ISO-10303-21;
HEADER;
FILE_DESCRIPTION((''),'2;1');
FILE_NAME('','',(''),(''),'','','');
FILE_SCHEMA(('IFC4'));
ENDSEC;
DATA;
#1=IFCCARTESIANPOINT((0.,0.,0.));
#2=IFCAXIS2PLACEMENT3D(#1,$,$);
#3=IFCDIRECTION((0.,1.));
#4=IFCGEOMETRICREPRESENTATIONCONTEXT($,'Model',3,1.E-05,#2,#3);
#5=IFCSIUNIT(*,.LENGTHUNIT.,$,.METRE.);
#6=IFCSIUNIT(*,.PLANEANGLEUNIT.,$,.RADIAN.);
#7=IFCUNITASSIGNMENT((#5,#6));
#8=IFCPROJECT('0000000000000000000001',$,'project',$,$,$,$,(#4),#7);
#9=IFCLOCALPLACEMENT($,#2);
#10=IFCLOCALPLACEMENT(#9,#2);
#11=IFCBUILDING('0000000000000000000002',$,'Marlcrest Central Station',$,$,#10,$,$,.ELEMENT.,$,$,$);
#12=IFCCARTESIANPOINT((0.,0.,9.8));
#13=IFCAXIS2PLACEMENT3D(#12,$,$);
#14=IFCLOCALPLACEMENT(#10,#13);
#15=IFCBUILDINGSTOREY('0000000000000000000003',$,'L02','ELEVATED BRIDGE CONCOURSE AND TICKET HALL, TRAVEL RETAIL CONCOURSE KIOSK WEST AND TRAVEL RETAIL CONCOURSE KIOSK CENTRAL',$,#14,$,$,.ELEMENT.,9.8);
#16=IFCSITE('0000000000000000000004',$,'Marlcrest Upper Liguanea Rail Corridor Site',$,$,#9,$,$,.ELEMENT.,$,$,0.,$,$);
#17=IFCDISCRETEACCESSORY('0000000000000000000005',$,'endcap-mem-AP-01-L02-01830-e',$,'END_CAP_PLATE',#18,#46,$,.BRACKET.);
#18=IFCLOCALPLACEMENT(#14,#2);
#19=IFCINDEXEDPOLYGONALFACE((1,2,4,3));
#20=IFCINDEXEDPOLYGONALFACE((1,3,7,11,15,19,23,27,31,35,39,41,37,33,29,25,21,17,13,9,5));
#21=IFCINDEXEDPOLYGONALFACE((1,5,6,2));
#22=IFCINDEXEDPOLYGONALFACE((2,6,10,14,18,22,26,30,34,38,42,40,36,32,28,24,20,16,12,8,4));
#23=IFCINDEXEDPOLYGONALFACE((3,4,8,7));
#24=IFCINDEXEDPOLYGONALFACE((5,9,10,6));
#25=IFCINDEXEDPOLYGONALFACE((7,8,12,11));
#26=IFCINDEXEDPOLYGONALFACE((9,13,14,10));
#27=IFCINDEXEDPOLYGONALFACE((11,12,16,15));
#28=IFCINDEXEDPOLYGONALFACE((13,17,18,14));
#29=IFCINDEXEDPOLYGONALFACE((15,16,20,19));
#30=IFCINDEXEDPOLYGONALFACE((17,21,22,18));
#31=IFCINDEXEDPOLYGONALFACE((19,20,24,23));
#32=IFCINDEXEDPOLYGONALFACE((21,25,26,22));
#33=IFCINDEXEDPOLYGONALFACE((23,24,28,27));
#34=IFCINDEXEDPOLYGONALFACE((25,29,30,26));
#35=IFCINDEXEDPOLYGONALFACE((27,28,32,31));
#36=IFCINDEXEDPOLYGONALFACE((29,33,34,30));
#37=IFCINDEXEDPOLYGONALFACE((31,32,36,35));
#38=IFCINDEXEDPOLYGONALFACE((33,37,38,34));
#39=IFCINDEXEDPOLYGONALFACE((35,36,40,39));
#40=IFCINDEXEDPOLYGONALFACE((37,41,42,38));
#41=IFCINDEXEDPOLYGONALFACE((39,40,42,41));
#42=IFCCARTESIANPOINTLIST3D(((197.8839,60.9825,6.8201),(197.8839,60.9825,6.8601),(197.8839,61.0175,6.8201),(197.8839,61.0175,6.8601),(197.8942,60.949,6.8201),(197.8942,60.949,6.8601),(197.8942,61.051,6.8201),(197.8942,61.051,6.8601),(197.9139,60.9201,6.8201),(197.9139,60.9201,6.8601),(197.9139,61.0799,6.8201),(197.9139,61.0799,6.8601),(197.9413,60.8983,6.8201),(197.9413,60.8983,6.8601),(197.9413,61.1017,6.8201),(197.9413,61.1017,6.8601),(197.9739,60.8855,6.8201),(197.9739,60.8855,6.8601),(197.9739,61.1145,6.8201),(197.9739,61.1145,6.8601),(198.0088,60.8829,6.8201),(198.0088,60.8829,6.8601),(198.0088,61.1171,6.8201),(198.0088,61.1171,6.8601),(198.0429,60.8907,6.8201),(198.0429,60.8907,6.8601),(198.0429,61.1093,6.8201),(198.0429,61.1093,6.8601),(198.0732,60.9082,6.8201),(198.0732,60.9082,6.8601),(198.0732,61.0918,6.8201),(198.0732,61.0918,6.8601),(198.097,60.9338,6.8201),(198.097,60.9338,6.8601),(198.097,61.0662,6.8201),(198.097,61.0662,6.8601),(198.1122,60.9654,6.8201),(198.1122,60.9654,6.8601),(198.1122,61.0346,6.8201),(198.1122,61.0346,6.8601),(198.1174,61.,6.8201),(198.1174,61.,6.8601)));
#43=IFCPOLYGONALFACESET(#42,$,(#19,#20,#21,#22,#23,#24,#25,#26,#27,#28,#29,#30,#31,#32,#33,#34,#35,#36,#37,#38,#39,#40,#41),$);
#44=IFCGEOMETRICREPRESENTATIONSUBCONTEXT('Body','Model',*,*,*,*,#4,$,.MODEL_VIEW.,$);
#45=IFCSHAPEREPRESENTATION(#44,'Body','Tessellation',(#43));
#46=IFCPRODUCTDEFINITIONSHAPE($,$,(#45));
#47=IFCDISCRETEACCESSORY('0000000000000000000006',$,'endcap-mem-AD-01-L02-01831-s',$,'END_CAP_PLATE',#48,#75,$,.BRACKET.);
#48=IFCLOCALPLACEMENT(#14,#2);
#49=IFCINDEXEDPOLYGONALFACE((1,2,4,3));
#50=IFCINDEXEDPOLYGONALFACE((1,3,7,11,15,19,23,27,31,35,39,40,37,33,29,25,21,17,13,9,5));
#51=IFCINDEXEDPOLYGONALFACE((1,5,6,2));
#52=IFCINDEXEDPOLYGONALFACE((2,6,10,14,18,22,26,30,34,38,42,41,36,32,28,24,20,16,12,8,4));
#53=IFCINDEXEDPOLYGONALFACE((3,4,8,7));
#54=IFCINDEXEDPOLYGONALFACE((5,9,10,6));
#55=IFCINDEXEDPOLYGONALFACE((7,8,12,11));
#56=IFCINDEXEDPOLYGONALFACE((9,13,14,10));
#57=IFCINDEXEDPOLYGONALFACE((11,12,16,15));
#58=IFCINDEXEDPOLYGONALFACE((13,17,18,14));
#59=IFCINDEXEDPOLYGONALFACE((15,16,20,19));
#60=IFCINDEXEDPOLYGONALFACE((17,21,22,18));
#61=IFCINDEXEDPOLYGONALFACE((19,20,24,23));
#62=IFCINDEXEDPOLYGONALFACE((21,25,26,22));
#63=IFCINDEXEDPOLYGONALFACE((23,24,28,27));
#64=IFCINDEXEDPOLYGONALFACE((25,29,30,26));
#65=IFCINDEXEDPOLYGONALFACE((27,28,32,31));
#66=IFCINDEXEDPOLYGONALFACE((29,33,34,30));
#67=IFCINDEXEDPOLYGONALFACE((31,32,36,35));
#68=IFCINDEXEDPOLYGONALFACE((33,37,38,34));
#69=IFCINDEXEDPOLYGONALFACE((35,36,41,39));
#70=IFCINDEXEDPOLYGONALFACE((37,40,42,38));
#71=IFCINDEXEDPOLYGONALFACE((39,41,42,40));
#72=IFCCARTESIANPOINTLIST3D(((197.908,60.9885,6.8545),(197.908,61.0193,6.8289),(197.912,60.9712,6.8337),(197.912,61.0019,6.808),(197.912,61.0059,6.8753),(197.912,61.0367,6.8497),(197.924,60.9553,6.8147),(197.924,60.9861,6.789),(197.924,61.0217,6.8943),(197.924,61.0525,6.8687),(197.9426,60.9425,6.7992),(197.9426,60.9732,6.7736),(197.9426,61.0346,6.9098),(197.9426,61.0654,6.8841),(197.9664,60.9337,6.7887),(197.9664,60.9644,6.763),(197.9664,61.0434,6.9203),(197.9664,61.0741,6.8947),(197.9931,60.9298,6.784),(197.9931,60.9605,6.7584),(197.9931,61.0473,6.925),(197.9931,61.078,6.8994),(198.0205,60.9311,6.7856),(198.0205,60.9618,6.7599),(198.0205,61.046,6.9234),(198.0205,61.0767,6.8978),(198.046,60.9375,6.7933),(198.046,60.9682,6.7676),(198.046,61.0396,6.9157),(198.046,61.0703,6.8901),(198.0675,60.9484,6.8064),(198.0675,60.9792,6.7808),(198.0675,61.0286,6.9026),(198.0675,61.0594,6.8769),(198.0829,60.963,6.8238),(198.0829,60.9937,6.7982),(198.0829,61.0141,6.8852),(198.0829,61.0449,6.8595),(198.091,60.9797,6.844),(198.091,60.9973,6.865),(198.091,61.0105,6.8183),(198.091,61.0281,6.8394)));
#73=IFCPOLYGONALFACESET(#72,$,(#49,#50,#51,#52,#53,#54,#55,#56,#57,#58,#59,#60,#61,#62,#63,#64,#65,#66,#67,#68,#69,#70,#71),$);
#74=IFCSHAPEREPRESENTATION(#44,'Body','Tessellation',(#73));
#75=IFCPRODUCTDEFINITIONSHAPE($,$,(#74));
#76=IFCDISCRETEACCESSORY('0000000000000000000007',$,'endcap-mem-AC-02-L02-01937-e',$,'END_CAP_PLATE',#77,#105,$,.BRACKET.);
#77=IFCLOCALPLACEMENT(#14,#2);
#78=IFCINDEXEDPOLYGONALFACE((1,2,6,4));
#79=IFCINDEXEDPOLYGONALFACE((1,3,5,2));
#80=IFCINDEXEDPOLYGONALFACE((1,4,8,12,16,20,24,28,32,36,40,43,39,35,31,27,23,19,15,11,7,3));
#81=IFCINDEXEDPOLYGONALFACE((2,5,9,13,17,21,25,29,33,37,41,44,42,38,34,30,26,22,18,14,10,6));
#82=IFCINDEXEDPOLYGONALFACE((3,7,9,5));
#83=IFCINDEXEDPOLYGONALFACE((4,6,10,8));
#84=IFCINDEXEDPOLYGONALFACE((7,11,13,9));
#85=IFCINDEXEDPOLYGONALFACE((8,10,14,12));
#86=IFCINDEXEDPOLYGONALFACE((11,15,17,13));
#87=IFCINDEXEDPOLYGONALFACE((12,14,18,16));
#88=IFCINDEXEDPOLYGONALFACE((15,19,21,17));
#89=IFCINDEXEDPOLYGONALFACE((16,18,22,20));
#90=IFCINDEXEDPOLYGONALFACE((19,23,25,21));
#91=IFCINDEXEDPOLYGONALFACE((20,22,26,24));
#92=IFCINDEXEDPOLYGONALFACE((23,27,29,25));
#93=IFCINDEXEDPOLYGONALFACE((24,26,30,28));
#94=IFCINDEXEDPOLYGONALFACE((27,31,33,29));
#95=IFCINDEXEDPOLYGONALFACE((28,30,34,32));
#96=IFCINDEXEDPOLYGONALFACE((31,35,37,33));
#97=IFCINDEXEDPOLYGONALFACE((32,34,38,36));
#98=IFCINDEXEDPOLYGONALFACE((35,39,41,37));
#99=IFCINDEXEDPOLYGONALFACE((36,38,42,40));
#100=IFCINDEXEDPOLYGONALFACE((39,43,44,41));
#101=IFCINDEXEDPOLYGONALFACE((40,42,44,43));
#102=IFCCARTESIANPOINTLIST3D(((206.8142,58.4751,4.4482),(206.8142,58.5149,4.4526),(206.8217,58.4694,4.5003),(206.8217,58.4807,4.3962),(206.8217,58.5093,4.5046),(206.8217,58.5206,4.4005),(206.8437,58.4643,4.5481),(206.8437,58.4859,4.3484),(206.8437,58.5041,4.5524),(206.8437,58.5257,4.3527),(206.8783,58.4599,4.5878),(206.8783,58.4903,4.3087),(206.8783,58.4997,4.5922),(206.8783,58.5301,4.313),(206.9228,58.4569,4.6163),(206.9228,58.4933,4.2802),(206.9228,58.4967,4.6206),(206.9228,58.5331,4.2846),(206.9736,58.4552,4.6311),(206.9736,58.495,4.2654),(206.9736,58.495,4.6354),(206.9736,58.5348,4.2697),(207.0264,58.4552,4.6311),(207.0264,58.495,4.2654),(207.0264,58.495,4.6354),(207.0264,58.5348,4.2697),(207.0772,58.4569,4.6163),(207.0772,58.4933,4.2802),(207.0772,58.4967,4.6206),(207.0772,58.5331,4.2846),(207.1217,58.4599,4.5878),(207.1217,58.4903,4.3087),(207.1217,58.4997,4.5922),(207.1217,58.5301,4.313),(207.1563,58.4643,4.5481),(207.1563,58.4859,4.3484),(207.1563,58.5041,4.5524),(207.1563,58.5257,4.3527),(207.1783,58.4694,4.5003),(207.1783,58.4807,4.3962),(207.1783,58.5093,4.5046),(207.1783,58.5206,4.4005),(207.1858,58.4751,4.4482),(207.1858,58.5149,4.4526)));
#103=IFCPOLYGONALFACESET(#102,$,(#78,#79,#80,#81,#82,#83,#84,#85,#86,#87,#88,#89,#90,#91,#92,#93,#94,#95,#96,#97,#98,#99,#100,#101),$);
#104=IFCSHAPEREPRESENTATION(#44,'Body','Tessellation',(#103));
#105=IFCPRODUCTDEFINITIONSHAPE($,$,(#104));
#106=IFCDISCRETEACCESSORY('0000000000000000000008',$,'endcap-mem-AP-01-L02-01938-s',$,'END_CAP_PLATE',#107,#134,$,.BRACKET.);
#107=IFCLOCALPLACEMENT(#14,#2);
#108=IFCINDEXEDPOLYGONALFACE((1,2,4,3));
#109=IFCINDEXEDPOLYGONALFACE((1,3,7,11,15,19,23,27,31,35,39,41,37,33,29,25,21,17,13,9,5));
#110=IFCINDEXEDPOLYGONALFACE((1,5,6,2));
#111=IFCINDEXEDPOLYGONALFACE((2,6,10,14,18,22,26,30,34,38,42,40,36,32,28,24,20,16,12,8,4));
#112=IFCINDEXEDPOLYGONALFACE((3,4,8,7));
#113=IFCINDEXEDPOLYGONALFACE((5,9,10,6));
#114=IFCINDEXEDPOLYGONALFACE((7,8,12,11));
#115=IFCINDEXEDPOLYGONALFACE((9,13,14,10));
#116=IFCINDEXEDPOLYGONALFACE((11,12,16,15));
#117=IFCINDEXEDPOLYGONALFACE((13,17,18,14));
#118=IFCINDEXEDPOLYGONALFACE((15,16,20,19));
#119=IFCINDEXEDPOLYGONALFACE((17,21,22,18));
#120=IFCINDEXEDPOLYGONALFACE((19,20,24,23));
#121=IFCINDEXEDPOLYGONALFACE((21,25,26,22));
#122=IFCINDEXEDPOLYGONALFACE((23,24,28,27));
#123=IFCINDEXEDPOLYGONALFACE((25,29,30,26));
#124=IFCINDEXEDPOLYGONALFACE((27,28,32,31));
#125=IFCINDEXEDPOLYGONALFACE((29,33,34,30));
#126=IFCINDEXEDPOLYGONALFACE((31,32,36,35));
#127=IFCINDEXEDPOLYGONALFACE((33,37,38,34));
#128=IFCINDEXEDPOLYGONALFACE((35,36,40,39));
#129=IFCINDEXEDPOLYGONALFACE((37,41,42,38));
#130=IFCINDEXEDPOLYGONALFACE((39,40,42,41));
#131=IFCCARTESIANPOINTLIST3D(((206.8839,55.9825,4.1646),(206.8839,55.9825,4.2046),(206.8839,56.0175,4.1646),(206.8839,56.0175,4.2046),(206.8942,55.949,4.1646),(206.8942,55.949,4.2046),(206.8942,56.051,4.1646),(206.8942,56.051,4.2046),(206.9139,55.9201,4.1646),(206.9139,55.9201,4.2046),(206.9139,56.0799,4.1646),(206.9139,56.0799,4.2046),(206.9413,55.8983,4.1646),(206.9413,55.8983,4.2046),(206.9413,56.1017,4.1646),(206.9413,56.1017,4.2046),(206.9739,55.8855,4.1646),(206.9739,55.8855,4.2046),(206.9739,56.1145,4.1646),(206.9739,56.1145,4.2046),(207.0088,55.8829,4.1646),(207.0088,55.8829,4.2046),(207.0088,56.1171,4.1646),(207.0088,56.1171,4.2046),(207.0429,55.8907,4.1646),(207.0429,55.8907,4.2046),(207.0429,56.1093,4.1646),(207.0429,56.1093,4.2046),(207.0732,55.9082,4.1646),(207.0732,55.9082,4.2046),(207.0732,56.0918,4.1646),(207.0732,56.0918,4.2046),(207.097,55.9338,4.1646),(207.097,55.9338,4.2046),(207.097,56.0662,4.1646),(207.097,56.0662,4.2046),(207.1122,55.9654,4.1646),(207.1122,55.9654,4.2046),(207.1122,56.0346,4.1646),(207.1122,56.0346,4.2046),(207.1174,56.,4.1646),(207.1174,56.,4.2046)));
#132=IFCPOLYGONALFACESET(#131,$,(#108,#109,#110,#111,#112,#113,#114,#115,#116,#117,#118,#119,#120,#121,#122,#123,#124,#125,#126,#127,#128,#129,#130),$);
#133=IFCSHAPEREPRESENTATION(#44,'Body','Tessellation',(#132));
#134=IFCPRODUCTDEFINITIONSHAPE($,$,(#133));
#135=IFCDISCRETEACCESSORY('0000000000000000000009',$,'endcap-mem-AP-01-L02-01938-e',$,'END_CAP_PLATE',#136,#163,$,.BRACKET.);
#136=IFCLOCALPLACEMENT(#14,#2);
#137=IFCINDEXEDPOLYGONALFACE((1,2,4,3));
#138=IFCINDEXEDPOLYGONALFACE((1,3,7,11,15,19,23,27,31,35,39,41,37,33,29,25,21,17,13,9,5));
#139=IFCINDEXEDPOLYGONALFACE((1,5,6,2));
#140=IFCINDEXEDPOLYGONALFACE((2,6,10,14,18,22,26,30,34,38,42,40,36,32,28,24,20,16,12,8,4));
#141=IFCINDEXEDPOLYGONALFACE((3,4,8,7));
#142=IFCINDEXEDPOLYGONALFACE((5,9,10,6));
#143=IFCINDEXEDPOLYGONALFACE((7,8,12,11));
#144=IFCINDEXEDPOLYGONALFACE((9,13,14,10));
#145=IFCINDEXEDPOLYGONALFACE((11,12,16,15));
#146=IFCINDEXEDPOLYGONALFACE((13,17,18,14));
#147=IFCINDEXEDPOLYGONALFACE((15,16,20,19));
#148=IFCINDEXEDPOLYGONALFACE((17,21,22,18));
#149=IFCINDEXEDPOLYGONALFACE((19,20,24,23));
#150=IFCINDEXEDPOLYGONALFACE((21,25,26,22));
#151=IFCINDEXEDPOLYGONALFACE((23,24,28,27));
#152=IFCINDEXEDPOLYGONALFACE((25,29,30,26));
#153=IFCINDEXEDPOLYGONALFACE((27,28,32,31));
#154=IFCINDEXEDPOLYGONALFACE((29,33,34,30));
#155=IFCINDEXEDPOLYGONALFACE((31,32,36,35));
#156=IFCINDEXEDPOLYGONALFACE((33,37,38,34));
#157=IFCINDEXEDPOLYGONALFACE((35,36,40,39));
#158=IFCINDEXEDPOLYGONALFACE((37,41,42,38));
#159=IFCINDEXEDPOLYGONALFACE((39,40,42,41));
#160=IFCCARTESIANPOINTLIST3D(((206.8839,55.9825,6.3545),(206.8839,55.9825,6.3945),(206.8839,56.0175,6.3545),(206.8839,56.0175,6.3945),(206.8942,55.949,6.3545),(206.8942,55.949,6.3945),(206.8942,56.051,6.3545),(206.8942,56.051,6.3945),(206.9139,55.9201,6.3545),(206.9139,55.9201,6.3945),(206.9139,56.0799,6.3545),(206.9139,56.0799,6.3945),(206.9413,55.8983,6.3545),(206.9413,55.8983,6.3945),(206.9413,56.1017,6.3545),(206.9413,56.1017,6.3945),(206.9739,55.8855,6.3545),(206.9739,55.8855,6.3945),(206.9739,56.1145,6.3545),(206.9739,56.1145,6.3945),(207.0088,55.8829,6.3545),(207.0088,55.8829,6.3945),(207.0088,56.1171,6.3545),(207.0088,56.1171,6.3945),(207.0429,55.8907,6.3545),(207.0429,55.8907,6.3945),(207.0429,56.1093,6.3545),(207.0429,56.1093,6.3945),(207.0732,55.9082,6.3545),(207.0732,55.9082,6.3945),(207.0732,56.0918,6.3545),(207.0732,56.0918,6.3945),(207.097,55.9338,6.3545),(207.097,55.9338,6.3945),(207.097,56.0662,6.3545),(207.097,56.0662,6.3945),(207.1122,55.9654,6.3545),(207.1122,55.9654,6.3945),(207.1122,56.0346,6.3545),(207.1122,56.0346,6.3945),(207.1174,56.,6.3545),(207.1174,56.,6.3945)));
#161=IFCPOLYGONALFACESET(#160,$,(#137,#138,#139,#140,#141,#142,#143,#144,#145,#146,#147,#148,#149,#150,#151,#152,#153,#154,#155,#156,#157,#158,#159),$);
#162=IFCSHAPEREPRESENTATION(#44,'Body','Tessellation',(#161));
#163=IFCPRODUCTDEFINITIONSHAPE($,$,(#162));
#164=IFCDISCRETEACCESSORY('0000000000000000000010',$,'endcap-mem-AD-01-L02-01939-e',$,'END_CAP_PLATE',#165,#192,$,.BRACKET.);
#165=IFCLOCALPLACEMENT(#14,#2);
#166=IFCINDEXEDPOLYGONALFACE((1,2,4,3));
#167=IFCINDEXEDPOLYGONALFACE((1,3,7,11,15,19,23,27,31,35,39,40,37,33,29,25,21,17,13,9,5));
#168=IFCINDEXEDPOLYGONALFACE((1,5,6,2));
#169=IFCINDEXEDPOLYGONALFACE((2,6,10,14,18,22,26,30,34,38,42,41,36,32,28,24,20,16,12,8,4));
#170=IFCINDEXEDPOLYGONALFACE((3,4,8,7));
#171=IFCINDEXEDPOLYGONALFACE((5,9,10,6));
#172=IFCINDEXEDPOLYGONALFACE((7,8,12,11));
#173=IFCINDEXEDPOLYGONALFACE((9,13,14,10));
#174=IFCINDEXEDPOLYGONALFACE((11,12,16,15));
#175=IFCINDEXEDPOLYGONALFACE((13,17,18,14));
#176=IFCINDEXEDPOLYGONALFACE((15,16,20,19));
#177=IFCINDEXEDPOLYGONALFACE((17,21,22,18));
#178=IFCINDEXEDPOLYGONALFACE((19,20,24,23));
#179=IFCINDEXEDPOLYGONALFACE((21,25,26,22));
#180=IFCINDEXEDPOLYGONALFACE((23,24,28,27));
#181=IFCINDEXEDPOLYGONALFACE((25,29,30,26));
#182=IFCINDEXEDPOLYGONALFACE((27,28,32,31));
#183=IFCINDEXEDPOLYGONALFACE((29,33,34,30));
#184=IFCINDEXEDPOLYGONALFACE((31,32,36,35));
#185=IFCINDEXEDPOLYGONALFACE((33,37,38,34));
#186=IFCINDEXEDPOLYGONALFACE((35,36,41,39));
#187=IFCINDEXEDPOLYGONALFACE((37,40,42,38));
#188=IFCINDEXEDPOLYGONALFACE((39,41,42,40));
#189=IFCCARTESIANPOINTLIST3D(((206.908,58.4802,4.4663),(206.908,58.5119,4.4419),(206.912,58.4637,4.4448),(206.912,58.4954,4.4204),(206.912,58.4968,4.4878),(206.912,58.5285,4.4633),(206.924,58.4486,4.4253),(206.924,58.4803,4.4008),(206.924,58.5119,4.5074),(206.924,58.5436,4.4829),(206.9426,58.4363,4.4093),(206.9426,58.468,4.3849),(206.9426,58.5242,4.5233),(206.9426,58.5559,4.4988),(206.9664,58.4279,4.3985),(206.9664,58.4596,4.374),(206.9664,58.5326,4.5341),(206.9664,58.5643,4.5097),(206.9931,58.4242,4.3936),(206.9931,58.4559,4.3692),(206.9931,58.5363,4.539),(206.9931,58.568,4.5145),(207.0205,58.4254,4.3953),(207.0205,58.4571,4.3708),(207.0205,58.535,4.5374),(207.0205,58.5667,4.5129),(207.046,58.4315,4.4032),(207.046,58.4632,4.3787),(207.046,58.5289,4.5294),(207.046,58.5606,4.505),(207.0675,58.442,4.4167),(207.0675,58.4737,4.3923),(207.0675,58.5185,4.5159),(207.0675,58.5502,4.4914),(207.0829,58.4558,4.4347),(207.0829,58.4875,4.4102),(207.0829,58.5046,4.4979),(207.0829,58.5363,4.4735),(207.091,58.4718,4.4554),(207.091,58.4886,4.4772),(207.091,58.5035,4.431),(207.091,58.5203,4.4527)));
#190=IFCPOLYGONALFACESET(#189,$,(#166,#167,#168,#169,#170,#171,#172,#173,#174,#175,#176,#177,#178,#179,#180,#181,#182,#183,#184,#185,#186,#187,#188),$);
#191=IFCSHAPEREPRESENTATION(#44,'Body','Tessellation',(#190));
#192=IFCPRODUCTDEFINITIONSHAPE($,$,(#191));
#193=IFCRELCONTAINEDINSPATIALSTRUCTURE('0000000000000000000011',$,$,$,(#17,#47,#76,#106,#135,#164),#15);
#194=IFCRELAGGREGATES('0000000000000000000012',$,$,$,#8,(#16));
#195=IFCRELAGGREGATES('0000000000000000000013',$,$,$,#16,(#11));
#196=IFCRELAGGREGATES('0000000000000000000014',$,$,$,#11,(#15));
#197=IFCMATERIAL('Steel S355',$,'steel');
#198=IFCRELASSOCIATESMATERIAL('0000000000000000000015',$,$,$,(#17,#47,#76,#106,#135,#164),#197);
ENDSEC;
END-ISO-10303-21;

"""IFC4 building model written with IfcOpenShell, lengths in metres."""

from ifc_helpers import new_model, si_unit, direction, frame, origin, origin_2d, place, context, subcontext, project, spatial, circle, extrude, material, element, save


model = new_model("IFC4")

# Units and contexts
model_context = context("Model", 3, precision=1e-05, world=origin(), true_north=direction((0.0, 1.0)))
body_context = subcontext(model_context, "Body", "Model", "MODEL_VIEW")
ifc_project = project(units=[si_unit("LENGTHUNIT", "METRE"), si_unit("PLANEANGLEUNIT", "RADIAN")], contexts=[model_context])

# Site, building, storey
site_placement = place(None, origin())
site = spatial("IfcSite", under=ifc_project, at=site_placement, Name="Marlcrest Upper Liguanea Rail Corridor Site", CompositionType="ELEMENT", RefElevation=0.0)
building_placement = place(site_placement, origin())
building = spatial("IfcBuilding", under=site, at=building_placement, Name="Marlcrest Central Station", CompositionType="ELEMENT")
storey_placement = place(building_placement, frame((0.0, 0.0, 9.8)))
storey = spatial("IfcBuildingStorey", under=building, at=storey_placement, Name="L02", Description="ELEVATED BRIDGE CONCOURSE AND TICKET HALL, TRAVEL RETAIL CONCOURSE KIOSK WEST AND TRAVEL RETAIL CONCOURSE KIOSK CENTRAL", CompositionType="ELEMENT", Elevation=9.8)

# Shared definitions
ifc_material = material(Name="Steel S355", Category="steel")

# Discrete accessories
for number, where, z_axis, x_axis, name in (
    (1, (198.0, 61.0, 6.8201), (0.0, 0.0, 1.0), (1.0, 0.0, 0.0), "endcap-mem-AP-01-L02-01830-e"),
):
    element("IfcDiscreteAccessory", number, at=place(storey_placement, frame(where, z_axis=z_axis, x_axis=x_axis)), inside=storey, material=ifc_material, Name=name, ObjectType="END_CAP_PLATE", PredefinedType="BRACKET", context=body_context, shape_type="SweptSolid", body=[
        extrude(circle(Radius=0.1174, at=origin_2d()), origin(), (0.0, 0.0, 1.0), 0.04),
    ])
discrete_accessory_1_placement = place(storey_placement, frame((198.0, 60.9885, 6.8545), z_axis=(0.0, 0.76816, -0.640258), x_axis=(-1.0, 0.0, 0.0)))
element("IfcDiscreteAccessory", 2, at=discrete_accessory_1_placement, inside=storey, material=ifc_material, Name="endcap-mem-AD-01-L02-01831-s", ObjectType="END_CAP_PLATE", PredefinedType="BRACKET", context=body_context, shape_type="SweptSolid", body=[
    extrude(circle(Radius=0.092, at=origin_2d()), origin(), (0.0, 0.0, 1.0), 0.04),
])
discrete_accessory_2_placement = place(storey_placement, frame((207.0, 58.4751, 4.4482), z_axis=(0.0, 0.994155, 0.107959), x_axis=(-1.0, 0.0, 0.0)))
element("IfcDiscreteAccessory", 3, at=discrete_accessory_2_placement, inside=storey, material=ifc_material, Name="endcap-mem-AC-02-L02-01937-e", ObjectType="END_CAP_PLATE", PredefinedType="BRACKET", context=body_context, shape_type="SweptSolid", body=[
    extrude(circle(Radius=0.1858, at=origin_2d()), origin(), (0.0, 0.0, 1.0), 0.04),
])
for number, where, z_axis, x_axis, name in (
    (4, (207.0, 56.0, 4.1646), (0.0, 0.0, 1.0), (1.0, 0.0, 0.0), "endcap-mem-AP-01-L02-01938-s"),
    (5, (207.0, 56.0, 6.3545), (0.0, 0.0, 1.0), (1.0, 0.0, 0.0), "endcap-mem-AP-01-L02-01938-e"),
):
    element("IfcDiscreteAccessory", number, at=place(storey_placement, frame(where, z_axis=z_axis, x_axis=x_axis)), inside=storey, material=ifc_material, Name=name, ObjectType="END_CAP_PLATE", PredefinedType="BRACKET", context=body_context, shape_type="SweptSolid", body=[
        extrude(circle(Radius=0.1174, at=origin_2d()), origin(), (0.0, 0.0, 1.0), 0.04),
    ])
discrete_accessory_3_placement = place(storey_placement, frame((207.0, 58.4802, 4.4663), z_axis=(0.0, 0.791798, -0.610783), x_axis=(-1.0, 0.0, 0.0)))
element("IfcDiscreteAccessory", 6, at=discrete_accessory_3_placement, inside=storey, material=ifc_material, Name="endcap-mem-AD-01-L02-01939-e", ObjectType="END_CAP_PLATE", PredefinedType="BRACKET", context=body_context, shape_type="SweptSolid", body=[
    extrude(circle(Radius=0.092, at=origin_2d()), origin(), (0.0, 0.0, 1.0), 0.04),
])

save(model, "model.ifc")
